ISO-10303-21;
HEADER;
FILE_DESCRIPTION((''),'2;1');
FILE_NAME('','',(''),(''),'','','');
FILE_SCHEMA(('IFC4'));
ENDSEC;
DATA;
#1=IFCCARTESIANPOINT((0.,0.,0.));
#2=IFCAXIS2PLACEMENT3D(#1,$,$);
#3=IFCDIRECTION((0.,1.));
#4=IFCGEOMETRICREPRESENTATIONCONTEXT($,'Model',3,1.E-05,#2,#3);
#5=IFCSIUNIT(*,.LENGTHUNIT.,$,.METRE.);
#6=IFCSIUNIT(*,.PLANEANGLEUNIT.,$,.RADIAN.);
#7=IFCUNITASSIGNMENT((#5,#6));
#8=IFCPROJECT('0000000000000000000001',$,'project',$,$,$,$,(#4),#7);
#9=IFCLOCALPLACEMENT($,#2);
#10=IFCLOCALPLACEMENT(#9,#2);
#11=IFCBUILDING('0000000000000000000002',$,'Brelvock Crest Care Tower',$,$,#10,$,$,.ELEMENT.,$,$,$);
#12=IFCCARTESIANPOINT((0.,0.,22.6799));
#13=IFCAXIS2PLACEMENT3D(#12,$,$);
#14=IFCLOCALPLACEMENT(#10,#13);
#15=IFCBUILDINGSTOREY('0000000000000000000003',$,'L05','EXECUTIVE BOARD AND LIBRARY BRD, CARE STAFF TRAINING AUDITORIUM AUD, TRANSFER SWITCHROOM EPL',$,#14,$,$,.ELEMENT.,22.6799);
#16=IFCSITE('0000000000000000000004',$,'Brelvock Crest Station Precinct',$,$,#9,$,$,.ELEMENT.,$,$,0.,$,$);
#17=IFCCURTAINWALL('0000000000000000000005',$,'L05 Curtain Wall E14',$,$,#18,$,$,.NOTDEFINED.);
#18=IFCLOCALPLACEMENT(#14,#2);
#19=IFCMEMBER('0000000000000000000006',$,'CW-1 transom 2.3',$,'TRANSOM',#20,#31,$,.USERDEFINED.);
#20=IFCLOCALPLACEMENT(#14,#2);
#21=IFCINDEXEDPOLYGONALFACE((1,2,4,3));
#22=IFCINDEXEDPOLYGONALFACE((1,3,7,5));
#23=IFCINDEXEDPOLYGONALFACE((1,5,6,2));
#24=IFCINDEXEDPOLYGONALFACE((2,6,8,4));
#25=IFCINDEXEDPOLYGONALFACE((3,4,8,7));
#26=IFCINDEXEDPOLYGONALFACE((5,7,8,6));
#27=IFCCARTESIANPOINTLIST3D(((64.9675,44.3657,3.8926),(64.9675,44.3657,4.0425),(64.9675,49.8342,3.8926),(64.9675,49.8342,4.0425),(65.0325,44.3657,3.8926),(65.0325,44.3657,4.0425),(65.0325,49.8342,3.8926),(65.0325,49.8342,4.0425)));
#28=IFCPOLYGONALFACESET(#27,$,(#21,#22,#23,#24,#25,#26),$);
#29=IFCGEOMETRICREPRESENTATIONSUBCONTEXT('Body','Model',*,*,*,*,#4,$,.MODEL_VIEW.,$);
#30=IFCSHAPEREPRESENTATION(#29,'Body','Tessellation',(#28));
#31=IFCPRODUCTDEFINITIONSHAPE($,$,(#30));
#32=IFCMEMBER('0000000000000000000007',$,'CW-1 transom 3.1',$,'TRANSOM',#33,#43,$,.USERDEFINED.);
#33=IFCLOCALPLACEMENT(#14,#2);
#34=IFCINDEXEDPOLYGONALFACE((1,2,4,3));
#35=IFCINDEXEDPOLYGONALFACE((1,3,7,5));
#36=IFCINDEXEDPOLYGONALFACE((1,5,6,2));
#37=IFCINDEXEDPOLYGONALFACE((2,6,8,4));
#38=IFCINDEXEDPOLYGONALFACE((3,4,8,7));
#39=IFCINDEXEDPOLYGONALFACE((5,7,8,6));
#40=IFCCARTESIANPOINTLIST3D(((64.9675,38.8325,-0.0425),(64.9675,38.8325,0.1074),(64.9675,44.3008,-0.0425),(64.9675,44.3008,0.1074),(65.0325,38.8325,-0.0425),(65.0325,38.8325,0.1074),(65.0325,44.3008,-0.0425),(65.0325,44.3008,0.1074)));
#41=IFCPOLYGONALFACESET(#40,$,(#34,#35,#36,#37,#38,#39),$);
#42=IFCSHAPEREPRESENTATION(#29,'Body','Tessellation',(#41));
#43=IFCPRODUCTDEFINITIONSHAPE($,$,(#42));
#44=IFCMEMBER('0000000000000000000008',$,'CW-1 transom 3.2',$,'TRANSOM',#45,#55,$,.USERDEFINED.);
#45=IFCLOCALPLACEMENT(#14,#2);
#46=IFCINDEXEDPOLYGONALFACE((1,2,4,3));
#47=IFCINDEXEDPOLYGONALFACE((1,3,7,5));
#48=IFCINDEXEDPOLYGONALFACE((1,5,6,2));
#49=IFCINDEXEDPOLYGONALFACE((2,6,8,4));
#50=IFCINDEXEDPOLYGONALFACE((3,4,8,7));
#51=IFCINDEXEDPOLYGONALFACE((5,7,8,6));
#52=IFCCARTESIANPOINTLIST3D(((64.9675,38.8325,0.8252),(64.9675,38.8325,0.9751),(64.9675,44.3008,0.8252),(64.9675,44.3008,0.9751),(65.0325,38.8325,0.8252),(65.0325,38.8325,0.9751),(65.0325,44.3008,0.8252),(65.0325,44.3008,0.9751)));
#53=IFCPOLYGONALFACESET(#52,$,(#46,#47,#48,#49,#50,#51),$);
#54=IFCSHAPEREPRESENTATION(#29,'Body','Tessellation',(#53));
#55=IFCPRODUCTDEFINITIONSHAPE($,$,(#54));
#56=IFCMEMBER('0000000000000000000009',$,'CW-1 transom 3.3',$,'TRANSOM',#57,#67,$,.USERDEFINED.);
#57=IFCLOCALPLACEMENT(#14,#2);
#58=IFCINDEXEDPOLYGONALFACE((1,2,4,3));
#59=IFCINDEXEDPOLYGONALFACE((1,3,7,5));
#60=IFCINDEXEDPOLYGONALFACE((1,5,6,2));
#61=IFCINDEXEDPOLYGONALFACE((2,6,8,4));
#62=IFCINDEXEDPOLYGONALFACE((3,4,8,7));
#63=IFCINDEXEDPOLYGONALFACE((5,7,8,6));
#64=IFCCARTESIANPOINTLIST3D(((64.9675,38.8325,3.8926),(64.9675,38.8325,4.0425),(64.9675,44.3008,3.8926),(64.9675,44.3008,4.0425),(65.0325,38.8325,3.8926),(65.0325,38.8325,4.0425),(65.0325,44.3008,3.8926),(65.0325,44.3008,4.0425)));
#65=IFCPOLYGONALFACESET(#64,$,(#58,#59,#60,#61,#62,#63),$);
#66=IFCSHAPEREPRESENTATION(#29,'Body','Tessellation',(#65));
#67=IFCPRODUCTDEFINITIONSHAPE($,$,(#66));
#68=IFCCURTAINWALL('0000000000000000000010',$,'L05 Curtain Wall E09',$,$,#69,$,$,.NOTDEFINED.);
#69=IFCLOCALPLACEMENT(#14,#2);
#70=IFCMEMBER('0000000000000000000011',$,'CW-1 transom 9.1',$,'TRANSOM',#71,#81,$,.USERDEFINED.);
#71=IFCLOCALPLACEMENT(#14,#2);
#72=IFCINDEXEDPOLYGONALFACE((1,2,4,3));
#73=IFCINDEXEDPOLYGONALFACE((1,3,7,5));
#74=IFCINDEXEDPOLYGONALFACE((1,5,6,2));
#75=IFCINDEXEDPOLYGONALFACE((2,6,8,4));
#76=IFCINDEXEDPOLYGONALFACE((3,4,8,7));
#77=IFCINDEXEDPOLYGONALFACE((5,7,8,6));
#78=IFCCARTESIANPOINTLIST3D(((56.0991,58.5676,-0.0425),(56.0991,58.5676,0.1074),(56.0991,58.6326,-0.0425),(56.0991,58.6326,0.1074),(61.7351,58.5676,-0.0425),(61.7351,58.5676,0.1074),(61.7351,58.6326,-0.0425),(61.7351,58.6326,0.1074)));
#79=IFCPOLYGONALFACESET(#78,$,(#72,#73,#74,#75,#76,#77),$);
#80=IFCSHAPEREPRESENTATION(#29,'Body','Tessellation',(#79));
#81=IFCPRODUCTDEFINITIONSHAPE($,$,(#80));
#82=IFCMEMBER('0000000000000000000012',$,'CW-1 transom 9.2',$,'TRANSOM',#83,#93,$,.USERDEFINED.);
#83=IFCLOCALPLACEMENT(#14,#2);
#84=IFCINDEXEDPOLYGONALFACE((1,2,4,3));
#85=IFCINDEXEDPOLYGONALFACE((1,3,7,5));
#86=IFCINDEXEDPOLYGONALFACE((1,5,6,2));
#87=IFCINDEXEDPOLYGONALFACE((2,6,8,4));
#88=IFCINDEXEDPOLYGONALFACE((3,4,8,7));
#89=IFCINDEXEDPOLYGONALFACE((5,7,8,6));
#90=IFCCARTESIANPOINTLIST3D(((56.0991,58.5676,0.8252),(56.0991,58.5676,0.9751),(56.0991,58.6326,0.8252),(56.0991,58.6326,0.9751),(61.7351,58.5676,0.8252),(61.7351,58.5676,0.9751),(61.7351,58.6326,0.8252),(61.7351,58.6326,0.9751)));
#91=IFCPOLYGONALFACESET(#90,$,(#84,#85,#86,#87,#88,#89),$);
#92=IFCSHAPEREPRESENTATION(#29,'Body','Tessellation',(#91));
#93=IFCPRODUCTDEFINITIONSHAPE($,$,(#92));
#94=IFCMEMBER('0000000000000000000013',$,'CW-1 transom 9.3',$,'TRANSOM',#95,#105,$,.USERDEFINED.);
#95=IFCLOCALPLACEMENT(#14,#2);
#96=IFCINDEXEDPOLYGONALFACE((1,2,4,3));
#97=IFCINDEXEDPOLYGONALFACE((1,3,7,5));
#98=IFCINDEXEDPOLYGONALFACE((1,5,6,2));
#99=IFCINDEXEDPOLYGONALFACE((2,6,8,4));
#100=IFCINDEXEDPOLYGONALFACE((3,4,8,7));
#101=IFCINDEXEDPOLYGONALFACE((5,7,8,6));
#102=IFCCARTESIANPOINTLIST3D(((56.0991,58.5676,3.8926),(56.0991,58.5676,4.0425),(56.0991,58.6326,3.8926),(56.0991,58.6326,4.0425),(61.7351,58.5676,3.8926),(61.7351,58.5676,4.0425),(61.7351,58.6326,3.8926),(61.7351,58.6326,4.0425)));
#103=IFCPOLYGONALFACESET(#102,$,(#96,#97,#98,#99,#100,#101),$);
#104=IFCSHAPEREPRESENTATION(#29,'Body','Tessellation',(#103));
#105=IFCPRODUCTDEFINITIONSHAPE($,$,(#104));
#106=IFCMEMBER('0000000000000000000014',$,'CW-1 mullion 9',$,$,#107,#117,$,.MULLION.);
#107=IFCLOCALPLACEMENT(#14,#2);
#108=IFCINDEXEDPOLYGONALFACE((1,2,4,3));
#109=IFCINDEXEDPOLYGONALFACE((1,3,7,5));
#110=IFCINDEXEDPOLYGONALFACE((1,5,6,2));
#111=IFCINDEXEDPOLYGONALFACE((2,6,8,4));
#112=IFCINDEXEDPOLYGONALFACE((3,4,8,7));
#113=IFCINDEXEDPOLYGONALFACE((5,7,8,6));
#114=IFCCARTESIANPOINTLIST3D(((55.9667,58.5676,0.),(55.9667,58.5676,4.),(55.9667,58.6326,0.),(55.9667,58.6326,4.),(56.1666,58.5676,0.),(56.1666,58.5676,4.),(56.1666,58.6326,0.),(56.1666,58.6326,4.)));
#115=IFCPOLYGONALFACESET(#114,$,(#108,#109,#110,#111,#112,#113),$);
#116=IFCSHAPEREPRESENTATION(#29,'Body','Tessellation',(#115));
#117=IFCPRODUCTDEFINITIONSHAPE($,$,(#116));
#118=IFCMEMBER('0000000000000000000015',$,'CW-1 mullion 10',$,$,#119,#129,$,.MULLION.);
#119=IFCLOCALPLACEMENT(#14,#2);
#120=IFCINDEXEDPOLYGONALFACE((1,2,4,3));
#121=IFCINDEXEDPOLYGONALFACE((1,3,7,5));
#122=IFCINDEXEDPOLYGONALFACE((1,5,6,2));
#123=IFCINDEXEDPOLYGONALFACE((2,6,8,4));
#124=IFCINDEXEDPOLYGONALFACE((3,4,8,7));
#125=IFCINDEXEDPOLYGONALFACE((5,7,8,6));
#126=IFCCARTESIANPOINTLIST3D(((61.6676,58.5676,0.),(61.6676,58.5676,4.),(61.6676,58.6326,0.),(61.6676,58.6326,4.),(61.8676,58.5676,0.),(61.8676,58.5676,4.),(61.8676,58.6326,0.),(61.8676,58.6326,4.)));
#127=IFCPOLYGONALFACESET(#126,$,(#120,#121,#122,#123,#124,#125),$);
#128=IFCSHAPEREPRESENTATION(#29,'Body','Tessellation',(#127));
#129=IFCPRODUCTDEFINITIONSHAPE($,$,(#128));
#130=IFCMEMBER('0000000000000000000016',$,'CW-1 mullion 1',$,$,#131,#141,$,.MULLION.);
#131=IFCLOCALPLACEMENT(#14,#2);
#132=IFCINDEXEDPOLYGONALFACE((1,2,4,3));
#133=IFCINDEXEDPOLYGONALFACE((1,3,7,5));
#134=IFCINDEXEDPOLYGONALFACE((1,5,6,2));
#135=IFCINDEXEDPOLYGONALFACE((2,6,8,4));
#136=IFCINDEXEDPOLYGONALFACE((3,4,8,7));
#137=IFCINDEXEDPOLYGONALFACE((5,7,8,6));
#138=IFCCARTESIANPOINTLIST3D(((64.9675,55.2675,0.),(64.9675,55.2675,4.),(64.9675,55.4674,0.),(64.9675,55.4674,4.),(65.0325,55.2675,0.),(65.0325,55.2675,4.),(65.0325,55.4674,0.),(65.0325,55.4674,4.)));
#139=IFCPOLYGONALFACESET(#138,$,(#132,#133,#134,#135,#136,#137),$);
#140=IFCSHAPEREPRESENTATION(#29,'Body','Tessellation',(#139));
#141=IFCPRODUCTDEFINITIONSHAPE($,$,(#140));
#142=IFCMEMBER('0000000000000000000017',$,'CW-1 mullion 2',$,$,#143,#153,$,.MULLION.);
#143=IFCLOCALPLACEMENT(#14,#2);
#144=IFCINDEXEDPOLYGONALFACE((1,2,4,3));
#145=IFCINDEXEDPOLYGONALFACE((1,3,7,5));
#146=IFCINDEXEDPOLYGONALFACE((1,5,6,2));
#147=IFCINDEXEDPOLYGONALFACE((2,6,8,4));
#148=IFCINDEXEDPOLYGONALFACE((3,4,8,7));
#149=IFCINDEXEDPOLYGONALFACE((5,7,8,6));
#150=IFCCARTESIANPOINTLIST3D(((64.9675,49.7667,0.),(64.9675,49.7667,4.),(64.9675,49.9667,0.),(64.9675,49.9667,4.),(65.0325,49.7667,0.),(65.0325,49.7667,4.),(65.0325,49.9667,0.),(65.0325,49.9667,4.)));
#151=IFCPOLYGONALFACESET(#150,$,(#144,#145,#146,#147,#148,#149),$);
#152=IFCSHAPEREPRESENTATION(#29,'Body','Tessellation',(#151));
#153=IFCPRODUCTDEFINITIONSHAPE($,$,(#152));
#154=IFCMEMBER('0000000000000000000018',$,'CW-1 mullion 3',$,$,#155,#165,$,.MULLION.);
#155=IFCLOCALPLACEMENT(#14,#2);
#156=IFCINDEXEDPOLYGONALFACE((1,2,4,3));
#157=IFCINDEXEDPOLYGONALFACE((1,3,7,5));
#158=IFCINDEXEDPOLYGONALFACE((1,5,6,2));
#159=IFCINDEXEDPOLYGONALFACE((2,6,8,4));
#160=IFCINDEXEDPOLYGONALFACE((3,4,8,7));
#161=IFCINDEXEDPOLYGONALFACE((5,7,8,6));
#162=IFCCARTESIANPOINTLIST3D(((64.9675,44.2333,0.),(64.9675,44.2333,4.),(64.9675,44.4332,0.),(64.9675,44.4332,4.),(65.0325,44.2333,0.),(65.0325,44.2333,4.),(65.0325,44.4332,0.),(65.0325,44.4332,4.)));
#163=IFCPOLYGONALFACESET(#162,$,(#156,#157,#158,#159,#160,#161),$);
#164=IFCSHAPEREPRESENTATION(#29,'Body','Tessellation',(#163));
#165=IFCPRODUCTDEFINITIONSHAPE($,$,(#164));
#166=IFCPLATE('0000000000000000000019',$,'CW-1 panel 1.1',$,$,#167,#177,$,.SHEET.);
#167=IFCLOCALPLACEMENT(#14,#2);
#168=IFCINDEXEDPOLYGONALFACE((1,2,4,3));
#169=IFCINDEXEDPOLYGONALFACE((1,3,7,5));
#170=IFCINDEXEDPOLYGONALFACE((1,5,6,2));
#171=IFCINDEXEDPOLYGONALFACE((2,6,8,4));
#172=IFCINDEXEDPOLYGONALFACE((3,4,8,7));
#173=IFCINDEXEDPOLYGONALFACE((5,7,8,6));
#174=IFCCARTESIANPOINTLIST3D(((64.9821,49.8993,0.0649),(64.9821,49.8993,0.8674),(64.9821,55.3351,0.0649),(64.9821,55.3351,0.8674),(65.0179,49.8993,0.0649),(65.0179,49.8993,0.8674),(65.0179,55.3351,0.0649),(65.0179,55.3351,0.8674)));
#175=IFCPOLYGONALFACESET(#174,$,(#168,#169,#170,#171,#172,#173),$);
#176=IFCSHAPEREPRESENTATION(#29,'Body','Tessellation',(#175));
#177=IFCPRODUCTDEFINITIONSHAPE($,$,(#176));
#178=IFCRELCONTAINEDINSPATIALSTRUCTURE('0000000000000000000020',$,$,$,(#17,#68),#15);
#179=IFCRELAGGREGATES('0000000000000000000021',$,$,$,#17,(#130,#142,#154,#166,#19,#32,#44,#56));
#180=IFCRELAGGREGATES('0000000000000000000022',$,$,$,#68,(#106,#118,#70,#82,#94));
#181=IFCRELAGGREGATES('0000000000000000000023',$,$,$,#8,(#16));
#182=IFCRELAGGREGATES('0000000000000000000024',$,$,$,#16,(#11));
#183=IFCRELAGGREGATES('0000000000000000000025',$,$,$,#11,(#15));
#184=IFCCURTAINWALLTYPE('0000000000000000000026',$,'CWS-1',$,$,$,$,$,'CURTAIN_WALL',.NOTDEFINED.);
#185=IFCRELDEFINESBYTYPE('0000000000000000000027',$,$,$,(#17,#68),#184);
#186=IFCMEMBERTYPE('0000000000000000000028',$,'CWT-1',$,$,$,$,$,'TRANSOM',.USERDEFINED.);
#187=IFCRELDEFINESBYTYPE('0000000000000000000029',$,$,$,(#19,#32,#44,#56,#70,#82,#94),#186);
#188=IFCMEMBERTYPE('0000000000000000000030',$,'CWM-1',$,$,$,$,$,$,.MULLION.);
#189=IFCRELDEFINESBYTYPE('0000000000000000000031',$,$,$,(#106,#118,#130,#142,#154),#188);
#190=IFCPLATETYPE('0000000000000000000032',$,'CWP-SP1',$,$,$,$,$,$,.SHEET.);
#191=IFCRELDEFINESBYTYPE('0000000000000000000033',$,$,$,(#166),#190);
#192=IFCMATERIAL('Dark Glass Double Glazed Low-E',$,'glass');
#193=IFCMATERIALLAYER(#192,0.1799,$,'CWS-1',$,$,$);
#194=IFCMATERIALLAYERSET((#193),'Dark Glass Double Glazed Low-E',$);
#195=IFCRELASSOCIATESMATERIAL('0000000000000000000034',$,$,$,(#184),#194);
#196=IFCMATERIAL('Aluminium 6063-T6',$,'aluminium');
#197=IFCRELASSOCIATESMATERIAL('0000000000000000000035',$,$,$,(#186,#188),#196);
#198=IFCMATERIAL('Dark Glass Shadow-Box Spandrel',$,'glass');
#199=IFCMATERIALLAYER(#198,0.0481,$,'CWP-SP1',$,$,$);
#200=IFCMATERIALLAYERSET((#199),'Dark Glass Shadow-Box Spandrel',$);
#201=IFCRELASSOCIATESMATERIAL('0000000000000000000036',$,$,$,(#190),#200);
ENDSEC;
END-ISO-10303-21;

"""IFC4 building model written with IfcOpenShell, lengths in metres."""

from ifc_helpers import new_model, si_unit, direction, frame, origin, origin_2d, place, context, subcontext, project, spatial, rectangle, extrude, source, transform, mapped, material, layer, layer_set, material_profile, profile_set, type_object, element, aggregate, save


model = new_model("IFC4")

# Units and contexts
model_context = context("Model", 3, precision=1e-05, world=origin(), true_north=direction((0.0, 1.0)))
body_context = subcontext(model_context, "Body", "Model", "MODEL_VIEW")
ifc_project = project(units=[si_unit("LENGTHUNIT", "METRE"), si_unit("PLANEANGLEUNIT", "RADIAN")], contexts=[model_context])

# Site, building, storey
site_placement = place(None, origin())
site = spatial("IfcSite", under=ifc_project, at=site_placement, Name="Brelvock Crest Station Precinct", CompositionType="ELEMENT", RefElevation=0.0)
building_placement = place(site_placement, origin())
building = spatial("IfcBuilding", under=site, at=building_placement, Name="Brelvock Crest Care Tower", CompositionType="ELEMENT")
storey_placement = place(building_placement, frame((0.0, 0.0, 22.6799)))
storey = spatial("IfcBuildingStorey", under=building, at=storey_placement, Name="L05", Description="EXECUTIVE BOARD AND LIBRARY BRD, CARE STAFF TRAINING AUDITORIUM AUD, TRANSFER SWITCHROOM EPL", CompositionType="ELEMENT", Elevation=22.6799)

# Curtain walls, members
ifc_material_1 = material(Name="Dark Glass Double Glazed Low-E", Category="glass")
ifc_layer_1 = layer(ifc_material_1, 0.1799, Name="CWS-1")
ifc_layer_set_1 = layer_set([ifc_layer_1], Name="Dark Glass Double Glazed Low-E")
curtain_wall_type = type_object("IfcCurtainWallType", Name="CWS-1", ElementType="CURTAIN_WALL", PredefinedType="NOTDEFINED", material=ifc_layer_set_1)
curtain_wall_1_placement = place(storey_placement, origin())
curtain_wall_1 = element("IfcCurtainWall", 1, at=curtain_wall_1_placement, inside=storey, type_object=curtain_wall_type, Name="L05 Curtain Wall E14", PredefinedType="NOTDEFINED")
ifc_material_2 = material(Name="Aluminium 6063-T6", Category="aluminium")
ifc_material_profile_1 = material_profile(ifc_material_2, rectangle(XDim=0.0649, YDim=0.1499, at=origin_2d()), Name="ALU65x150")
ifc_profile_set_1 = profile_set([ifc_material_profile_1], Name="Aluminium 6063-T6")
member_type_1 = type_object("IfcMemberType", Name="CWT-1", ElementType="TRANSOM", PredefinedType="USERDEFINED", material=ifc_profile_set_1)
shared_shape_1 = source(origin(), body_context, "Body", "SweptSolid", [
    extrude(rectangle(XDim=0.0649, YDim=0.1499, at=origin_2d()), origin(), (0.0, 0.0, 1.0), 5.4685),
])
member_1_placement = place(storey_placement, frame((65.0, 49.8342, 3.9675), z_axis=(0.0, -1.0, 0.0), x_axis=(1.0, 0.0, 0.0)))
member_1 = element("IfcMember", 2, at=member_1_placement, type_object=member_type_1, Name="CW-1 transom 2.3", ObjectType="TRANSOM", PredefinedType="USERDEFINED", context=body_context, shape_type="MappedRepresentation", body=[
    mapped(shared_shape_1, transform((0.0, 0.0, 0.0), x_axis=(1.0, 0.0, 0.0), y_axis=(0.0, 1.0, 0.0), z_axis=(0.0, 0.0, 1.0), scale=1.0)),
])
shared_shape_2 = source(origin(), body_context, "Body", "SweptSolid", [
    extrude(rectangle(XDim=0.0649, YDim=0.1499, at=origin_2d()), origin(), (0.0, 0.0, 1.0), 5.4683),
])
member_2_placement = place(storey_placement, frame((65.0, 44.3008, 0.0325), z_axis=(0.0, -1.0, 0.0), x_axis=(1.0, 0.0, 0.0)))
member_2 = element("IfcMember", 3, at=member_2_placement, type_object=member_type_1, Name="CW-1 transom 3.1", ObjectType="TRANSOM", PredefinedType="USERDEFINED", context=body_context, shape_type="MappedRepresentation", body=[
    mapped(shared_shape_2, transform((0.0, 0.0, 0.0), x_axis=(1.0, 0.0, 0.0), y_axis=(0.0, 1.0, 0.0), z_axis=(0.0, 0.0, 1.0), scale=1.0)),
])
member_3_placement = place(storey_placement, frame((65.0, 44.3008, 0.9001), z_axis=(0.0, -1.0, 0.0), x_axis=(1.0, 0.0, 0.0)))
member_3 = element("IfcMember", 4, at=member_3_placement, type_object=member_type_1, Name="CW-1 transom 3.2", ObjectType="TRANSOM", PredefinedType="USERDEFINED", context=body_context, shape_type="MappedRepresentation", body=[
    mapped(shared_shape_2, transform((0.0, 0.0, 0.0), x_axis=(1.0, 0.0, 0.0), y_axis=(0.0, 1.0, 0.0), z_axis=(0.0, 0.0, 1.0), scale=1.0)),
])
member_4_placement = place(storey_placement, frame((65.0, 44.3008, 3.9675), z_axis=(0.0, -1.0, 0.0), x_axis=(1.0, 0.0, 0.0)))
member_4 = element("IfcMember", 5, at=member_4_placement, type_object=member_type_1, Name="CW-1 transom 3.3", ObjectType="TRANSOM", PredefinedType="USERDEFINED", context=body_context, shape_type="MappedRepresentation", body=[
    mapped(shared_shape_2, transform((0.0, 0.0, 0.0), x_axis=(1.0, 0.0, 0.0), y_axis=(0.0, 1.0, 0.0), z_axis=(0.0, 0.0, 1.0), scale=1.0)),
])
curtain_wall_2_placement = place(storey_placement, origin())
curtain_wall_2 = element("IfcCurtainWall", 6, at=curtain_wall_2_placement, inside=storey, type_object=curtain_wall_type, Name="L05 Curtain Wall E09", PredefinedType="NOTDEFINED")
shared_shape_3 = source(origin(), body_context, "Body", "SweptSolid", [
    extrude(rectangle(XDim=0.0649, YDim=0.1499, at=origin_2d()), origin(), (0.0, 0.0, 1.0), 5.636),
])
member_5_placement = place(storey_placement, frame((56.0991, 58.6001, 0.0325), z_axis=(1.0, 0.0, 0.0), x_axis=(0.0, 1.0, 0.0)))
member_5 = element("IfcMember", 7, at=member_5_placement, type_object=member_type_1, Name="CW-1 transom 9.1", ObjectType="TRANSOM", PredefinedType="USERDEFINED", context=body_context, shape_type="MappedRepresentation", body=[
    mapped(shared_shape_3, transform((0.0, 0.0, 0.0), x_axis=(1.0, 0.0, 0.0), y_axis=(0.0, 1.0, 0.0), z_axis=(0.0, 0.0, 1.0), scale=1.0)),
])
member_6_placement = place(storey_placement, frame((56.0991, 58.6001, 0.9001), z_axis=(1.0, 0.0, 0.0), x_axis=(0.0, 1.0, 0.0)))
member_6 = element("IfcMember", 8, at=member_6_placement, type_object=member_type_1, Name="CW-1 transom 9.2", ObjectType="TRANSOM", PredefinedType="USERDEFINED", context=body_context, shape_type="MappedRepresentation", body=[
    mapped(shared_shape_3, transform((0.0, 0.0, 0.0), x_axis=(1.0, 0.0, 0.0), y_axis=(0.0, 1.0, 0.0), z_axis=(0.0, 0.0, 1.0), scale=1.0)),
])
member_7_placement = place(storey_placement, frame((56.0991, 58.6001, 3.9675), z_axis=(1.0, 0.0, 0.0), x_axis=(0.0, 1.0, 0.0)))
member_7 = element("IfcMember", 9, at=member_7_placement, type_object=member_type_1, Name="CW-1 transom 9.3", ObjectType="TRANSOM", PredefinedType="USERDEFINED", context=body_context, shape_type="MappedRepresentation", body=[
    mapped(shared_shape_3, transform((0.0, 0.0, 0.0), x_axis=(1.0, 0.0, 0.0), y_axis=(0.0, 1.0, 0.0), z_axis=(0.0, 0.0, 1.0), scale=1.0)),
])
ifc_material_profile_2 = material_profile(ifc_material_2, rectangle(XDim=0.0649, YDim=0.2, at=origin_2d()), Name="ALU65x200")
ifc_profile_set_2 = profile_set([ifc_material_profile_2], Name="Aluminium 6063-T6")
member_type_2 = type_object("IfcMemberType", Name="CWM-1", PredefinedType="MULLION", material=ifc_profile_set_2)
shared_shape_4 = source(origin(), body_context, "Body", "SweptSolid", [
    extrude(rectangle(XDim=0.0649, YDim=0.2, at=origin_2d()), origin(), (0.0, 0.0, 1.0), 4.0),
])
member_8_placement = place(storey_placement, frame((56.0667, 58.6001, 0.0), z_axis=(0.0, 0.0, 1.0), x_axis=(0.0, 1.0, 0.0)))
member_8 = element("IfcMember", 10, at=member_8_placement, type_object=member_type_2, Name="CW-1 mullion 9", PredefinedType="MULLION", context=body_context, shape_type="MappedRepresentation", body=[
    mapped(shared_shape_4, transform((0.0, 0.0, 0.0), x_axis=(1.0, 0.0, 0.0), y_axis=(0.0, 1.0, 0.0), z_axis=(0.0, 0.0, 1.0), scale=1.0)),
])
member_9_placement = place(storey_placement, frame((61.7676, 58.6001, 0.0), z_axis=(0.0, 0.0, 1.0), x_axis=(0.0, 1.0, 0.0)))
member_9 = element("IfcMember", 11, at=member_9_placement, type_object=member_type_2, Name="CW-1 mullion 10", PredefinedType="MULLION", context=body_context, shape_type="MappedRepresentation", body=[
    mapped(shared_shape_4, transform((0.0, 0.0, 0.0), x_axis=(1.0, 0.0, 0.0), y_axis=(0.0, 1.0, 0.0), z_axis=(0.0, 0.0, 1.0), scale=1.0)),
])

# Members
member_10_placement = place(storey_placement, frame((65.0, 55.3674, 0.0), z_axis=(0.0, 0.0, 1.0), x_axis=(1.0, 0.0, 0.0)))
member_10 = element("IfcMember", 12, at=member_10_placement, type_object=member_type_2, Name="CW-1 mullion 1", PredefinedType="MULLION", context=body_context, shape_type="MappedRepresentation", body=[
    mapped(shared_shape_4, transform((0.0, 0.0, 0.0), x_axis=(1.0, 0.0, 0.0), y_axis=(0.0, 1.0, 0.0), z_axis=(0.0, 0.0, 1.0), scale=1.0)),
])
member_11_placement = place(storey_placement, frame((65.0, 49.8667, 0.0), z_axis=(0.0, 0.0, 1.0), x_axis=(1.0, 0.0, 0.0)))
member_11 = element("IfcMember", 13, at=member_11_placement, type_object=member_type_2, Name="CW-1 mullion 2", PredefinedType="MULLION", context=body_context, shape_type="MappedRepresentation", body=[
    mapped(shared_shape_4, transform((0.0, 0.0, 0.0), x_axis=(1.0, 0.0, 0.0), y_axis=(0.0, 1.0, 0.0), z_axis=(0.0, 0.0, 1.0), scale=1.0)),
])
member_12_placement = place(storey_placement, frame((65.0, 44.3333, 0.0), z_axis=(0.0, 0.0, 1.0), x_axis=(1.0, 0.0, 0.0)))
member_12 = element("IfcMember", 14, at=member_12_placement, type_object=member_type_2, Name="CW-1 mullion 3", PredefinedType="MULLION", context=body_context, shape_type="MappedRepresentation", body=[
    mapped(shared_shape_4, transform((0.0, 0.0, 0.0), x_axis=(1.0, 0.0, 0.0), y_axis=(0.0, 1.0, 0.0), z_axis=(0.0, 0.0, 1.0), scale=1.0)),
])

# Plate
ifc_material_3 = material(Name="Dark Glass Shadow-Box Spandrel", Category="glass")
ifc_layer_2 = layer(ifc_material_3, 0.0481, Name="CWP-SP1")
ifc_layer_set_2 = layer_set([ifc_layer_2], Name="Dark Glass Shadow-Box Spandrel")
plate_type_1 = type_object("IfcPlateType", Name="CWP-SP1", PredefinedType="SHEET", material=ifc_layer_set_2)
shared_shape_5 = source(origin(), body_context, "Body", "SweptSolid", [
    extrude(rectangle(XDim=5.4358, YDim=0.0359, at=origin_2d()), origin(), (0.0, 0.0, 1.0), 0.8025),
])
plate_1_placement = place(storey_placement, frame((65.0, 52.6172, 0.0649), z_axis=(0.0, 0.0, 1.0), x_axis=(0.0, -1.0, 0.0)))
plate_1 = element("IfcPlate", 15, at=plate_1_placement, type_object=plate_type_1, Name="CW-1 panel 1.1", PredefinedType="SHEET", context=body_context, shape_type="MappedRepresentation", body=[
    mapped(shared_shape_5, transform((0.0, 0.0, 0.0), x_axis=(1.0, 0.0, 0.0), y_axis=(0.0, 1.0, 0.0), z_axis=(0.0, 0.0, 1.0), scale=1.0)),
])
aggregate(curtain_wall_1, [member_10, member_11, member_12, plate_1, member_1, member_2, member_3, member_4])
aggregate(curtain_wall_2, [member_8, member_9, member_5, member_6, member_7])

save(model, "model.ifc")
